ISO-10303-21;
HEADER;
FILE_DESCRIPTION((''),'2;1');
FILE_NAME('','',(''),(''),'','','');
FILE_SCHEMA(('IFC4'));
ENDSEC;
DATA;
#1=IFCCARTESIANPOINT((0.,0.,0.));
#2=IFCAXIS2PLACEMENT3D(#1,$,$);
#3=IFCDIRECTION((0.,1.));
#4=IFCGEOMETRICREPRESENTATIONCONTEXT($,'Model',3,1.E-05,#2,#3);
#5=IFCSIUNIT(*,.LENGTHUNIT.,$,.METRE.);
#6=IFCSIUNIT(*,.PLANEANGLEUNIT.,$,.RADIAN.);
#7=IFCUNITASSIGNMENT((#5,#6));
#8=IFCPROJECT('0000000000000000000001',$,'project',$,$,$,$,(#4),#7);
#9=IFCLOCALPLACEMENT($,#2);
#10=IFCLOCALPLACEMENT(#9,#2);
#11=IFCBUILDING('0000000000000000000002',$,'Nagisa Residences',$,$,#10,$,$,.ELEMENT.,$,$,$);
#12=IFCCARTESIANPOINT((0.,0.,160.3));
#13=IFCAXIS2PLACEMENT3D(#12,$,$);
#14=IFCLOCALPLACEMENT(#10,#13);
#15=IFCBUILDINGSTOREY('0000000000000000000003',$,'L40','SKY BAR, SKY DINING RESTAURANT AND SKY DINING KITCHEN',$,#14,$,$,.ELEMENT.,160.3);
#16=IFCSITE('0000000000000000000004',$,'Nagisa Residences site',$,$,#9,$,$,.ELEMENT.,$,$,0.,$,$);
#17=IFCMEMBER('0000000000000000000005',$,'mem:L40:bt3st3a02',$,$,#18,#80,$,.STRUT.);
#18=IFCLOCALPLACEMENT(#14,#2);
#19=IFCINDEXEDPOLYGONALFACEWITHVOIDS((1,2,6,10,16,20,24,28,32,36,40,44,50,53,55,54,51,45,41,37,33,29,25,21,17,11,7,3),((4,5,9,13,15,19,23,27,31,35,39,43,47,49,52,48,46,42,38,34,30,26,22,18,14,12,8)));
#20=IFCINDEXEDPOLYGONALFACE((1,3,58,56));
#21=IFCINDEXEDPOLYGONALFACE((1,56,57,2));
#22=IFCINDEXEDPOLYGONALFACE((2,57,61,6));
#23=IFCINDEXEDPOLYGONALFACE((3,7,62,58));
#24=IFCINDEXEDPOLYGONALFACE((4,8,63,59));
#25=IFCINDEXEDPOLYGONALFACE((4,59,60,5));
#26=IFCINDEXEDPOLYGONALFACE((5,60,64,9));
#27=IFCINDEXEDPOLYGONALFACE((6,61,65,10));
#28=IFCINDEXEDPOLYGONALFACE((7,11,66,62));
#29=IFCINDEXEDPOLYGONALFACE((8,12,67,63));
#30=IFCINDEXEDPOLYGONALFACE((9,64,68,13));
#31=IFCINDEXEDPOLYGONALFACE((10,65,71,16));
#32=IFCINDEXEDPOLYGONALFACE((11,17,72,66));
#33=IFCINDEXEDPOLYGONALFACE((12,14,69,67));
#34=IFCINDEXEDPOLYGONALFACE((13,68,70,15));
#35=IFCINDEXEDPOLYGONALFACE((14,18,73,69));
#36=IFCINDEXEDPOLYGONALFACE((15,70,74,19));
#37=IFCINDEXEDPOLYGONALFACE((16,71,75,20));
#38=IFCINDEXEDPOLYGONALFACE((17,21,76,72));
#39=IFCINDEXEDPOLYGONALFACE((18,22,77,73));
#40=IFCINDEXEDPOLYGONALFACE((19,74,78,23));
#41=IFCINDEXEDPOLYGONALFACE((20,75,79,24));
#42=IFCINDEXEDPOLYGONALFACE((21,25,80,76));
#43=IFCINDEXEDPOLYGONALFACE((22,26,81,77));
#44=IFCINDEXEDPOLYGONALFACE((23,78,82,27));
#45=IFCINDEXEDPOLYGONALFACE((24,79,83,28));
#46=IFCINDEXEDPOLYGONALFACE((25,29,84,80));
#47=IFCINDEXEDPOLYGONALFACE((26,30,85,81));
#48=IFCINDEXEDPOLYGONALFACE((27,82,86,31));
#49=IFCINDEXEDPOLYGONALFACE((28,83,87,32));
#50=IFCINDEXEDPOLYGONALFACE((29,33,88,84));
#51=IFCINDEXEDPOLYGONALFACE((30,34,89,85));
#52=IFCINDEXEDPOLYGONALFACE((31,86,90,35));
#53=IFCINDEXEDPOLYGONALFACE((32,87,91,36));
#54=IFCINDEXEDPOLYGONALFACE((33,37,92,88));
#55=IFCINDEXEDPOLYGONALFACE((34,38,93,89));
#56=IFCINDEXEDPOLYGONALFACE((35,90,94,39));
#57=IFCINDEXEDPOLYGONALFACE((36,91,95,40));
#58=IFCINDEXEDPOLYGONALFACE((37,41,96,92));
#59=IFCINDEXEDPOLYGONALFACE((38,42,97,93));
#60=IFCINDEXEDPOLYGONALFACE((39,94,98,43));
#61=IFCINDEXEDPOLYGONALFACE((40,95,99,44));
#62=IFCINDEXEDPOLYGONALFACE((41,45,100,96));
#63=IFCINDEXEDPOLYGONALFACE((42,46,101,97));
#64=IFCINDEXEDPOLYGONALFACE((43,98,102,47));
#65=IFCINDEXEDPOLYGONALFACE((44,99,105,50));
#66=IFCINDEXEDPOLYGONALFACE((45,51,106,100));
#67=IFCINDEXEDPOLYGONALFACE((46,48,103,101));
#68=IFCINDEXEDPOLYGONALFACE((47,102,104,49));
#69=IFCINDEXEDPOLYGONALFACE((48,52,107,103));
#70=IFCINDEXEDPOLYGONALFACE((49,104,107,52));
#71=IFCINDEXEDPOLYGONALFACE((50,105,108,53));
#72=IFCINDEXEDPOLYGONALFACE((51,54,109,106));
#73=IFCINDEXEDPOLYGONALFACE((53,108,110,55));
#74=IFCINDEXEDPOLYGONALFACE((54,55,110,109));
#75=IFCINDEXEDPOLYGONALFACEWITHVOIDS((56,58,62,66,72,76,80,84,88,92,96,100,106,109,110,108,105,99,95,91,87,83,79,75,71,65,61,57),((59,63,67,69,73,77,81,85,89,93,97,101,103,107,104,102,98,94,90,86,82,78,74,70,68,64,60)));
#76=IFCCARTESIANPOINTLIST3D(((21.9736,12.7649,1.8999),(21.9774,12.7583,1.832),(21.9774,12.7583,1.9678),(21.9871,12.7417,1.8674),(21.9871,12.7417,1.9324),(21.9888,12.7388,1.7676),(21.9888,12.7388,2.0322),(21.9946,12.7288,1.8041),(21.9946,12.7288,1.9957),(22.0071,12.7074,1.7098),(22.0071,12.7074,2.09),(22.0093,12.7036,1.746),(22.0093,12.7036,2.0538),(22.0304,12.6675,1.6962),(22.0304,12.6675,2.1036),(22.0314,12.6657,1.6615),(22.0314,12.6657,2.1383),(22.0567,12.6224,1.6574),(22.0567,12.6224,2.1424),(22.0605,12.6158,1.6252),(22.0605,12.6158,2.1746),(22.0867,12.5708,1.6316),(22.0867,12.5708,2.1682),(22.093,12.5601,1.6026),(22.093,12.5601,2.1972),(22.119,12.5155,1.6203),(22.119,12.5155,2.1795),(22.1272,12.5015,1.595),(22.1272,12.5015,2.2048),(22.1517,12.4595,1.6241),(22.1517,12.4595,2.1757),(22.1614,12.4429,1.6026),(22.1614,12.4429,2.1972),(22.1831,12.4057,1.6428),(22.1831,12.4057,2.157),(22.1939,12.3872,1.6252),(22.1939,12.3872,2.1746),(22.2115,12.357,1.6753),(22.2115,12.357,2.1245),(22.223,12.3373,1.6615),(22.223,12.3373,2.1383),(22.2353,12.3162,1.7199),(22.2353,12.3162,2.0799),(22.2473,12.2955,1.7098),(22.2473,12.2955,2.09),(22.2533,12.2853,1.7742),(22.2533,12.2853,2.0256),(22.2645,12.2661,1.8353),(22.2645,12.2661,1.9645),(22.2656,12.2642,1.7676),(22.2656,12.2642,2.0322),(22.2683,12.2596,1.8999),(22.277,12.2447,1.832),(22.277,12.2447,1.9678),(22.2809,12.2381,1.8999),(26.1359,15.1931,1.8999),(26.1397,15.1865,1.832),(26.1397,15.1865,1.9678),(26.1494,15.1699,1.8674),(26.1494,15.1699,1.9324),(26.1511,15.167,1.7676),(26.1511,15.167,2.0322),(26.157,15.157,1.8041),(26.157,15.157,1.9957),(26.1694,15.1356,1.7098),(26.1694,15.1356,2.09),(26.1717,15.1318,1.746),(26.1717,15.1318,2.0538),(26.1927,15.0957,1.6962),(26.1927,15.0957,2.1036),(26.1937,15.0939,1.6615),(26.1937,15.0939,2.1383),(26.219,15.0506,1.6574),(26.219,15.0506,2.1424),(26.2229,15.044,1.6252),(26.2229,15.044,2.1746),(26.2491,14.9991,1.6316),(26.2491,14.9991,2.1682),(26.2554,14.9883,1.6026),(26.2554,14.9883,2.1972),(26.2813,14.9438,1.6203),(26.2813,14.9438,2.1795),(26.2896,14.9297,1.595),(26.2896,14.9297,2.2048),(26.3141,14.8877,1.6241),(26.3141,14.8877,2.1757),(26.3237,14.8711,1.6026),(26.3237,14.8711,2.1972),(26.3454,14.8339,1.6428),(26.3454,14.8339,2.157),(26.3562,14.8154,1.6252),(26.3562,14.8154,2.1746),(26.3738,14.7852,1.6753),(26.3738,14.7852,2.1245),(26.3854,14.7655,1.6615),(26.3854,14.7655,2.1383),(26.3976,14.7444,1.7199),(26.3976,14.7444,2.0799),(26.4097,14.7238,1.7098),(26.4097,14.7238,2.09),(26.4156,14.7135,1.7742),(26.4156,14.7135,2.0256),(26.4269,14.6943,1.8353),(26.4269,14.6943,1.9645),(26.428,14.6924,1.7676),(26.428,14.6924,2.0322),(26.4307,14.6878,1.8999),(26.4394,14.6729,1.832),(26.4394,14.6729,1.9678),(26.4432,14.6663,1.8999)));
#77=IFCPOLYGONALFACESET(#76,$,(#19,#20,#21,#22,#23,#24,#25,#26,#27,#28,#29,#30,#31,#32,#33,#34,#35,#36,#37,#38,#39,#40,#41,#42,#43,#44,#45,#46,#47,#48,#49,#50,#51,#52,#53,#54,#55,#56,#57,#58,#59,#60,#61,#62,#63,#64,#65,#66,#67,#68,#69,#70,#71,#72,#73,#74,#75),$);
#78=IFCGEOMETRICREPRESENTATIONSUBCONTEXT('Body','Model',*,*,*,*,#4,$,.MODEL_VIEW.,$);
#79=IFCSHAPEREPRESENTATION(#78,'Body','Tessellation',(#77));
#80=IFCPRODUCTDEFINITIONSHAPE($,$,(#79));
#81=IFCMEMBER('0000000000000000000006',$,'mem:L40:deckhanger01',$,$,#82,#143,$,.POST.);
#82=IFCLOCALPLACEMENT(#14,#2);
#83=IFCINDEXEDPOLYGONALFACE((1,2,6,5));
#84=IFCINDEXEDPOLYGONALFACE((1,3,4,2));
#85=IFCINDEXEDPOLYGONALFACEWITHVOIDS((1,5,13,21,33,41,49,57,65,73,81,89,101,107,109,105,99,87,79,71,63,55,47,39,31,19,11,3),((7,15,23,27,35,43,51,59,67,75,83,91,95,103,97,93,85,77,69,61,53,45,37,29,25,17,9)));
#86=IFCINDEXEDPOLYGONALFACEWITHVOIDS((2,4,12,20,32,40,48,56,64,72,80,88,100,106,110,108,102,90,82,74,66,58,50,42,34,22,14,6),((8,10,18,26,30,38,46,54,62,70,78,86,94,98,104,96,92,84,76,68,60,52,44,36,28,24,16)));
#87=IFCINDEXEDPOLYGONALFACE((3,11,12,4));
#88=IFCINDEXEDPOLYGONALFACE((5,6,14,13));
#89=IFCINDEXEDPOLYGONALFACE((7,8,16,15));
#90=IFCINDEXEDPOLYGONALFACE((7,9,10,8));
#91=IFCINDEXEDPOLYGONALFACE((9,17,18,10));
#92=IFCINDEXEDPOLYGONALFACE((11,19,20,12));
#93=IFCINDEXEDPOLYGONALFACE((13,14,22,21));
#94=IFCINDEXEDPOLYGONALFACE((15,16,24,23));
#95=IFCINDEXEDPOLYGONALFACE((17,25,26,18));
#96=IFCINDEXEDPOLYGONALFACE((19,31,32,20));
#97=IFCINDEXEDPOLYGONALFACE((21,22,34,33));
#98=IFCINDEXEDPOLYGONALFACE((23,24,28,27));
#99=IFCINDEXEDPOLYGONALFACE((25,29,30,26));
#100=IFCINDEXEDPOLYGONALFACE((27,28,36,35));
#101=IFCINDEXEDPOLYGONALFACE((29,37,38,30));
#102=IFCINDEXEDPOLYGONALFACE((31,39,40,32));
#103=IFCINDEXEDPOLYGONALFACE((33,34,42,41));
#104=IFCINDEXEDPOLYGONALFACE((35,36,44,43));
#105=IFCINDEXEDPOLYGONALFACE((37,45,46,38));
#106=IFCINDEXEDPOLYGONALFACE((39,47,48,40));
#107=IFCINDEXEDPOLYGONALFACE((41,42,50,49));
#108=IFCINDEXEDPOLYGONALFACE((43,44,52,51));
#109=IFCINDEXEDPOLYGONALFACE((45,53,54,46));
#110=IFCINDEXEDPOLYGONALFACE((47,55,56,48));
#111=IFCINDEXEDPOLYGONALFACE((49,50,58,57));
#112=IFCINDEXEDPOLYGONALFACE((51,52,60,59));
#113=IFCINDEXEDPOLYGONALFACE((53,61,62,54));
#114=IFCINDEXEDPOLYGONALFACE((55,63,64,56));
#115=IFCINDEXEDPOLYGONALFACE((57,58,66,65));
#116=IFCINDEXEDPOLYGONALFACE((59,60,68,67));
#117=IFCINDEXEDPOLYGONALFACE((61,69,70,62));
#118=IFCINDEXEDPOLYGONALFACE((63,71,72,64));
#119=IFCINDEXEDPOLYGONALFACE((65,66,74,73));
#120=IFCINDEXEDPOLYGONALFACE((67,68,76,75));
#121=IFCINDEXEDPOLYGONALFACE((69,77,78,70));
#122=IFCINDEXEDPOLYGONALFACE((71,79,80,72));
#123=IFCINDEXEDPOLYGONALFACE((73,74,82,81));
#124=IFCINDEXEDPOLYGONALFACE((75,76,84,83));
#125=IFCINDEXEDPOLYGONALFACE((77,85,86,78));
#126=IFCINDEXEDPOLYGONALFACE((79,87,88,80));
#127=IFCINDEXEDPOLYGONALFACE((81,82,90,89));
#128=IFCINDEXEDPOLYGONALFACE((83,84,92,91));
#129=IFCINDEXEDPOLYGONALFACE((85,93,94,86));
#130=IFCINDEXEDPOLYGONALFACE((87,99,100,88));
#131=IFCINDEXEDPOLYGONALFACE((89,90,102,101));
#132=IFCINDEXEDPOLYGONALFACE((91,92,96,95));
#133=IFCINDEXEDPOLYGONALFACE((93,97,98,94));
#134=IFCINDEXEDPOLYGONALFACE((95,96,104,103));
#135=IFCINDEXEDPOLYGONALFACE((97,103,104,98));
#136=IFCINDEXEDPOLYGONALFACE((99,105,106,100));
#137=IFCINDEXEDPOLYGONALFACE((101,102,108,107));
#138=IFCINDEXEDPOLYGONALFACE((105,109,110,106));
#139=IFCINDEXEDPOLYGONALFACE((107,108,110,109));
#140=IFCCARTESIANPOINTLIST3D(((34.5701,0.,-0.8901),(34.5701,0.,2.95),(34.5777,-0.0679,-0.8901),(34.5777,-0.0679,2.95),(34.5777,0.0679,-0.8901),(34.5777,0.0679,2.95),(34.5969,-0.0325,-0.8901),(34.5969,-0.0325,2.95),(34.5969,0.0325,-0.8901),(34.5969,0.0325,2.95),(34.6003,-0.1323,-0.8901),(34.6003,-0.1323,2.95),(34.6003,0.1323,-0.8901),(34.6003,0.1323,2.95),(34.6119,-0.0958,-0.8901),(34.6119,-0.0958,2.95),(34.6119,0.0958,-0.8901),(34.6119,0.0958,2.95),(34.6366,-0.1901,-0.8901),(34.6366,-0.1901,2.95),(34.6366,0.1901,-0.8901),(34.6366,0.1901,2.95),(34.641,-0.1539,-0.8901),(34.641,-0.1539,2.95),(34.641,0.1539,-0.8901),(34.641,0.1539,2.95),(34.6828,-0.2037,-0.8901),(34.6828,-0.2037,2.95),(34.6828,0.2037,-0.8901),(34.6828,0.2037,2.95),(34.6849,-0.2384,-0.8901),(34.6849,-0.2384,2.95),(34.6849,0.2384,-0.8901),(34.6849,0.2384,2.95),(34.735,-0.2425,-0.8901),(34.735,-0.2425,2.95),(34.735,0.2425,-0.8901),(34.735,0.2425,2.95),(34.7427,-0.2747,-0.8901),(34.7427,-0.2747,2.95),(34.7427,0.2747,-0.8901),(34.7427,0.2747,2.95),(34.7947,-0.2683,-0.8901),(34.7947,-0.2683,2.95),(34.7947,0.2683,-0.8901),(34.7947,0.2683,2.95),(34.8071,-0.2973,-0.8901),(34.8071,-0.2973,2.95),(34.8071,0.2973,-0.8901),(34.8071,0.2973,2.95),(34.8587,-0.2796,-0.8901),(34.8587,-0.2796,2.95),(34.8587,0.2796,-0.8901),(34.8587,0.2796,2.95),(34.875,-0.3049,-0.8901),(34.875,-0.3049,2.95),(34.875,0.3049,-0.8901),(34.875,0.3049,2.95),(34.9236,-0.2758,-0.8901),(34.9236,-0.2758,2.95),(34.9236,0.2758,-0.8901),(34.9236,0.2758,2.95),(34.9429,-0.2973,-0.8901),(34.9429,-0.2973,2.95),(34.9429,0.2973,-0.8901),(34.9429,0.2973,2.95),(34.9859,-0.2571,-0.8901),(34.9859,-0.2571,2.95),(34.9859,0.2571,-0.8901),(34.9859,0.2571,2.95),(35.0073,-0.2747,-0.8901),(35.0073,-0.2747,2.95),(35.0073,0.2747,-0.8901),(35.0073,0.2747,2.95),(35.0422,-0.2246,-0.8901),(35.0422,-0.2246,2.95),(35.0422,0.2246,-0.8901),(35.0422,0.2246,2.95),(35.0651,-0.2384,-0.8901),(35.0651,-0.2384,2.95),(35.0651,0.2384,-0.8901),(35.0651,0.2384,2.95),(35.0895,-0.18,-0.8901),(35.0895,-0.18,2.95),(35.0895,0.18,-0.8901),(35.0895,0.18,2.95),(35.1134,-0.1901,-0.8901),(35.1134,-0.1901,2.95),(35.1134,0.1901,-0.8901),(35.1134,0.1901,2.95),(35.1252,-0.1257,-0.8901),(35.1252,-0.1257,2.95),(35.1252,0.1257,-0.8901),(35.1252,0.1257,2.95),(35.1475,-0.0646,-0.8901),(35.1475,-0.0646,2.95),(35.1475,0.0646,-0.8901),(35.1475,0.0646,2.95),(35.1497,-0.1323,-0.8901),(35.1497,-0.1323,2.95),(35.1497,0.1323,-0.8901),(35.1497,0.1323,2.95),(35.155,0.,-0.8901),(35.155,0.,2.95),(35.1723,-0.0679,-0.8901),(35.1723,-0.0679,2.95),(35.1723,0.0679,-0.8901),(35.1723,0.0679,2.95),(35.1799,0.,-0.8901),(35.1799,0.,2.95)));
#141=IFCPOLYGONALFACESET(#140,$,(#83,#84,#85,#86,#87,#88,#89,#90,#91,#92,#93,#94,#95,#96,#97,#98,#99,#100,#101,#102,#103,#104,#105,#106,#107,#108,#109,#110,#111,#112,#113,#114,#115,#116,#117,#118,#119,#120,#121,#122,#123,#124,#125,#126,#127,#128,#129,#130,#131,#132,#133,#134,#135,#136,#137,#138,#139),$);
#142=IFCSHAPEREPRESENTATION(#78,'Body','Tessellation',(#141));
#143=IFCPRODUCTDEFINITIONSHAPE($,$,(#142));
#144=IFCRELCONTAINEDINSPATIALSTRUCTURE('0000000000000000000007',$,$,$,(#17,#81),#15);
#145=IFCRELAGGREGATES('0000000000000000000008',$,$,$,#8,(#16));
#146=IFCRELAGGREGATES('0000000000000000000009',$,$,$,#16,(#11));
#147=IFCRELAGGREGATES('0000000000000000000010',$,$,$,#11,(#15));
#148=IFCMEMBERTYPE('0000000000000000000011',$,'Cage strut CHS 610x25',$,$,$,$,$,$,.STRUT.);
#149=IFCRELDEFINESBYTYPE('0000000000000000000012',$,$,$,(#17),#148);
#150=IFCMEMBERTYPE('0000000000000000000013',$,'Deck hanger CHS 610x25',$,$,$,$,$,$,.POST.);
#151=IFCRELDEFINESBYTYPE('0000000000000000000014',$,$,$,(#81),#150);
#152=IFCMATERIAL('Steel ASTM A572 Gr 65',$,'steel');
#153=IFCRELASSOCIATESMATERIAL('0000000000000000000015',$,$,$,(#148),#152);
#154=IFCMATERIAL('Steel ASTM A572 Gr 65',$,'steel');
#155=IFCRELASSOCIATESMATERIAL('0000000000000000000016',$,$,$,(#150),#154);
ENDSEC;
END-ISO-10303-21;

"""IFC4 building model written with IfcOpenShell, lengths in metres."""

from ifc_helpers import new_model, si_unit, direction, frame, origin, origin_2d, place, context, subcontext, project, spatial, hollow_circle, extrude, material, material_profile, profile_set, type_object, element, save


model = new_model("IFC4")

# Units and contexts
model_context = context("Model", 3, precision=1e-05, world=origin(), true_north=direction((0.0, 1.0)))
body_context = subcontext(model_context, "Body", "Model", "MODEL_VIEW")
ifc_project = project(units=[si_unit("LENGTHUNIT", "METRE"), si_unit("PLANEANGLEUNIT", "RADIAN")], contexts=[model_context])

# Site, building, storey
site_placement = place(None, origin())
site = spatial("IfcSite", under=ifc_project, at=site_placement, Name="Nagisa Residences site", CompositionType="ELEMENT", RefElevation=0.0)
building_placement = place(site_placement, origin())
building = spatial("IfcBuilding", under=site, at=building_placement, Name="Nagisa Residences", CompositionType="ELEMENT")
storey_placement = place(building_placement, frame((0.0, 0.0, 160.3)))
storey = spatial("IfcBuildingStorey", under=building, at=storey_placement, Name="L40", Description="SKY BAR, SKY DINING RESTAURANT AND SKY DINING KITCHEN", CompositionType="ELEMENT", Elevation=160.3)

# Members
ifc_material_1 = material(Name="Steel ASTM A572 Gr 65", Category="steel")
ifc_material_profile_1 = material_profile(ifc_material_1, hollow_circle(Radius=0.3049, WallThickness=0.0249, at=origin_2d()), Name="CHS 610x25")
ifc_profile_set_1 = profile_set([ifc_material_profile_1], Name="Steel ASTM A572 Gr 65")
member_type_1 = type_object("IfcMemberType", Name="Cage strut CHS 610x25", PredefinedType="STRUT", material=ifc_profile_set_1)
member_1_placement = place(storey_placement, frame((26.2896, 14.9297, 1.8999), z_axis=(-0.863762, -0.503899, 0.0), x_axis=(0.503899, -0.863762, 0.0)))
element("IfcMember", 1, at=member_1_placement, inside=storey, type_object=member_type_1, Name="mem:L40:bt3st3a02", PredefinedType="STRUT", context=body_context, shape_type="SweptSolid", body=[
    extrude(hollow_circle(Radius=0.3049, WallThickness=0.0249, at=origin_2d()), origin(), (0.0, 0.0, 1.0), 4.8188),
])
ifc_material_2 = material(Name="Steel ASTM A572 Gr 65", Category="steel")
ifc_material_profile_2 = material_profile(ifc_material_2, hollow_circle(Radius=0.3049, WallThickness=0.0249, at=origin_2d()), Name="CHS 610x25")
ifc_profile_set_2 = profile_set([ifc_material_profile_2], Name="Steel ASTM A572 Gr 65")
member_type_2 = type_object("IfcMemberType", Name="Deck hanger CHS 610x25", PredefinedType="POST", material=ifc_profile_set_2)
member_2_placement = place(storey_placement, frame((34.875, 0.0, 2.95), z_axis=(0.0, 0.0, -1.0), x_axis=(1.0, 0.0, 0.0)))
element("IfcMember", 2, at=member_2_placement, inside=storey, type_object=member_type_2, Name="mem:L40:deckhanger01", PredefinedType="POST", context=body_context, shape_type="SweptSolid", body=[
    extrude(hollow_circle(Radius=0.3049, WallThickness=0.0249, at=origin_2d()), origin(), (0.0, 0.0, 1.0), 3.8401),
])

save(model, "model.ifc")
